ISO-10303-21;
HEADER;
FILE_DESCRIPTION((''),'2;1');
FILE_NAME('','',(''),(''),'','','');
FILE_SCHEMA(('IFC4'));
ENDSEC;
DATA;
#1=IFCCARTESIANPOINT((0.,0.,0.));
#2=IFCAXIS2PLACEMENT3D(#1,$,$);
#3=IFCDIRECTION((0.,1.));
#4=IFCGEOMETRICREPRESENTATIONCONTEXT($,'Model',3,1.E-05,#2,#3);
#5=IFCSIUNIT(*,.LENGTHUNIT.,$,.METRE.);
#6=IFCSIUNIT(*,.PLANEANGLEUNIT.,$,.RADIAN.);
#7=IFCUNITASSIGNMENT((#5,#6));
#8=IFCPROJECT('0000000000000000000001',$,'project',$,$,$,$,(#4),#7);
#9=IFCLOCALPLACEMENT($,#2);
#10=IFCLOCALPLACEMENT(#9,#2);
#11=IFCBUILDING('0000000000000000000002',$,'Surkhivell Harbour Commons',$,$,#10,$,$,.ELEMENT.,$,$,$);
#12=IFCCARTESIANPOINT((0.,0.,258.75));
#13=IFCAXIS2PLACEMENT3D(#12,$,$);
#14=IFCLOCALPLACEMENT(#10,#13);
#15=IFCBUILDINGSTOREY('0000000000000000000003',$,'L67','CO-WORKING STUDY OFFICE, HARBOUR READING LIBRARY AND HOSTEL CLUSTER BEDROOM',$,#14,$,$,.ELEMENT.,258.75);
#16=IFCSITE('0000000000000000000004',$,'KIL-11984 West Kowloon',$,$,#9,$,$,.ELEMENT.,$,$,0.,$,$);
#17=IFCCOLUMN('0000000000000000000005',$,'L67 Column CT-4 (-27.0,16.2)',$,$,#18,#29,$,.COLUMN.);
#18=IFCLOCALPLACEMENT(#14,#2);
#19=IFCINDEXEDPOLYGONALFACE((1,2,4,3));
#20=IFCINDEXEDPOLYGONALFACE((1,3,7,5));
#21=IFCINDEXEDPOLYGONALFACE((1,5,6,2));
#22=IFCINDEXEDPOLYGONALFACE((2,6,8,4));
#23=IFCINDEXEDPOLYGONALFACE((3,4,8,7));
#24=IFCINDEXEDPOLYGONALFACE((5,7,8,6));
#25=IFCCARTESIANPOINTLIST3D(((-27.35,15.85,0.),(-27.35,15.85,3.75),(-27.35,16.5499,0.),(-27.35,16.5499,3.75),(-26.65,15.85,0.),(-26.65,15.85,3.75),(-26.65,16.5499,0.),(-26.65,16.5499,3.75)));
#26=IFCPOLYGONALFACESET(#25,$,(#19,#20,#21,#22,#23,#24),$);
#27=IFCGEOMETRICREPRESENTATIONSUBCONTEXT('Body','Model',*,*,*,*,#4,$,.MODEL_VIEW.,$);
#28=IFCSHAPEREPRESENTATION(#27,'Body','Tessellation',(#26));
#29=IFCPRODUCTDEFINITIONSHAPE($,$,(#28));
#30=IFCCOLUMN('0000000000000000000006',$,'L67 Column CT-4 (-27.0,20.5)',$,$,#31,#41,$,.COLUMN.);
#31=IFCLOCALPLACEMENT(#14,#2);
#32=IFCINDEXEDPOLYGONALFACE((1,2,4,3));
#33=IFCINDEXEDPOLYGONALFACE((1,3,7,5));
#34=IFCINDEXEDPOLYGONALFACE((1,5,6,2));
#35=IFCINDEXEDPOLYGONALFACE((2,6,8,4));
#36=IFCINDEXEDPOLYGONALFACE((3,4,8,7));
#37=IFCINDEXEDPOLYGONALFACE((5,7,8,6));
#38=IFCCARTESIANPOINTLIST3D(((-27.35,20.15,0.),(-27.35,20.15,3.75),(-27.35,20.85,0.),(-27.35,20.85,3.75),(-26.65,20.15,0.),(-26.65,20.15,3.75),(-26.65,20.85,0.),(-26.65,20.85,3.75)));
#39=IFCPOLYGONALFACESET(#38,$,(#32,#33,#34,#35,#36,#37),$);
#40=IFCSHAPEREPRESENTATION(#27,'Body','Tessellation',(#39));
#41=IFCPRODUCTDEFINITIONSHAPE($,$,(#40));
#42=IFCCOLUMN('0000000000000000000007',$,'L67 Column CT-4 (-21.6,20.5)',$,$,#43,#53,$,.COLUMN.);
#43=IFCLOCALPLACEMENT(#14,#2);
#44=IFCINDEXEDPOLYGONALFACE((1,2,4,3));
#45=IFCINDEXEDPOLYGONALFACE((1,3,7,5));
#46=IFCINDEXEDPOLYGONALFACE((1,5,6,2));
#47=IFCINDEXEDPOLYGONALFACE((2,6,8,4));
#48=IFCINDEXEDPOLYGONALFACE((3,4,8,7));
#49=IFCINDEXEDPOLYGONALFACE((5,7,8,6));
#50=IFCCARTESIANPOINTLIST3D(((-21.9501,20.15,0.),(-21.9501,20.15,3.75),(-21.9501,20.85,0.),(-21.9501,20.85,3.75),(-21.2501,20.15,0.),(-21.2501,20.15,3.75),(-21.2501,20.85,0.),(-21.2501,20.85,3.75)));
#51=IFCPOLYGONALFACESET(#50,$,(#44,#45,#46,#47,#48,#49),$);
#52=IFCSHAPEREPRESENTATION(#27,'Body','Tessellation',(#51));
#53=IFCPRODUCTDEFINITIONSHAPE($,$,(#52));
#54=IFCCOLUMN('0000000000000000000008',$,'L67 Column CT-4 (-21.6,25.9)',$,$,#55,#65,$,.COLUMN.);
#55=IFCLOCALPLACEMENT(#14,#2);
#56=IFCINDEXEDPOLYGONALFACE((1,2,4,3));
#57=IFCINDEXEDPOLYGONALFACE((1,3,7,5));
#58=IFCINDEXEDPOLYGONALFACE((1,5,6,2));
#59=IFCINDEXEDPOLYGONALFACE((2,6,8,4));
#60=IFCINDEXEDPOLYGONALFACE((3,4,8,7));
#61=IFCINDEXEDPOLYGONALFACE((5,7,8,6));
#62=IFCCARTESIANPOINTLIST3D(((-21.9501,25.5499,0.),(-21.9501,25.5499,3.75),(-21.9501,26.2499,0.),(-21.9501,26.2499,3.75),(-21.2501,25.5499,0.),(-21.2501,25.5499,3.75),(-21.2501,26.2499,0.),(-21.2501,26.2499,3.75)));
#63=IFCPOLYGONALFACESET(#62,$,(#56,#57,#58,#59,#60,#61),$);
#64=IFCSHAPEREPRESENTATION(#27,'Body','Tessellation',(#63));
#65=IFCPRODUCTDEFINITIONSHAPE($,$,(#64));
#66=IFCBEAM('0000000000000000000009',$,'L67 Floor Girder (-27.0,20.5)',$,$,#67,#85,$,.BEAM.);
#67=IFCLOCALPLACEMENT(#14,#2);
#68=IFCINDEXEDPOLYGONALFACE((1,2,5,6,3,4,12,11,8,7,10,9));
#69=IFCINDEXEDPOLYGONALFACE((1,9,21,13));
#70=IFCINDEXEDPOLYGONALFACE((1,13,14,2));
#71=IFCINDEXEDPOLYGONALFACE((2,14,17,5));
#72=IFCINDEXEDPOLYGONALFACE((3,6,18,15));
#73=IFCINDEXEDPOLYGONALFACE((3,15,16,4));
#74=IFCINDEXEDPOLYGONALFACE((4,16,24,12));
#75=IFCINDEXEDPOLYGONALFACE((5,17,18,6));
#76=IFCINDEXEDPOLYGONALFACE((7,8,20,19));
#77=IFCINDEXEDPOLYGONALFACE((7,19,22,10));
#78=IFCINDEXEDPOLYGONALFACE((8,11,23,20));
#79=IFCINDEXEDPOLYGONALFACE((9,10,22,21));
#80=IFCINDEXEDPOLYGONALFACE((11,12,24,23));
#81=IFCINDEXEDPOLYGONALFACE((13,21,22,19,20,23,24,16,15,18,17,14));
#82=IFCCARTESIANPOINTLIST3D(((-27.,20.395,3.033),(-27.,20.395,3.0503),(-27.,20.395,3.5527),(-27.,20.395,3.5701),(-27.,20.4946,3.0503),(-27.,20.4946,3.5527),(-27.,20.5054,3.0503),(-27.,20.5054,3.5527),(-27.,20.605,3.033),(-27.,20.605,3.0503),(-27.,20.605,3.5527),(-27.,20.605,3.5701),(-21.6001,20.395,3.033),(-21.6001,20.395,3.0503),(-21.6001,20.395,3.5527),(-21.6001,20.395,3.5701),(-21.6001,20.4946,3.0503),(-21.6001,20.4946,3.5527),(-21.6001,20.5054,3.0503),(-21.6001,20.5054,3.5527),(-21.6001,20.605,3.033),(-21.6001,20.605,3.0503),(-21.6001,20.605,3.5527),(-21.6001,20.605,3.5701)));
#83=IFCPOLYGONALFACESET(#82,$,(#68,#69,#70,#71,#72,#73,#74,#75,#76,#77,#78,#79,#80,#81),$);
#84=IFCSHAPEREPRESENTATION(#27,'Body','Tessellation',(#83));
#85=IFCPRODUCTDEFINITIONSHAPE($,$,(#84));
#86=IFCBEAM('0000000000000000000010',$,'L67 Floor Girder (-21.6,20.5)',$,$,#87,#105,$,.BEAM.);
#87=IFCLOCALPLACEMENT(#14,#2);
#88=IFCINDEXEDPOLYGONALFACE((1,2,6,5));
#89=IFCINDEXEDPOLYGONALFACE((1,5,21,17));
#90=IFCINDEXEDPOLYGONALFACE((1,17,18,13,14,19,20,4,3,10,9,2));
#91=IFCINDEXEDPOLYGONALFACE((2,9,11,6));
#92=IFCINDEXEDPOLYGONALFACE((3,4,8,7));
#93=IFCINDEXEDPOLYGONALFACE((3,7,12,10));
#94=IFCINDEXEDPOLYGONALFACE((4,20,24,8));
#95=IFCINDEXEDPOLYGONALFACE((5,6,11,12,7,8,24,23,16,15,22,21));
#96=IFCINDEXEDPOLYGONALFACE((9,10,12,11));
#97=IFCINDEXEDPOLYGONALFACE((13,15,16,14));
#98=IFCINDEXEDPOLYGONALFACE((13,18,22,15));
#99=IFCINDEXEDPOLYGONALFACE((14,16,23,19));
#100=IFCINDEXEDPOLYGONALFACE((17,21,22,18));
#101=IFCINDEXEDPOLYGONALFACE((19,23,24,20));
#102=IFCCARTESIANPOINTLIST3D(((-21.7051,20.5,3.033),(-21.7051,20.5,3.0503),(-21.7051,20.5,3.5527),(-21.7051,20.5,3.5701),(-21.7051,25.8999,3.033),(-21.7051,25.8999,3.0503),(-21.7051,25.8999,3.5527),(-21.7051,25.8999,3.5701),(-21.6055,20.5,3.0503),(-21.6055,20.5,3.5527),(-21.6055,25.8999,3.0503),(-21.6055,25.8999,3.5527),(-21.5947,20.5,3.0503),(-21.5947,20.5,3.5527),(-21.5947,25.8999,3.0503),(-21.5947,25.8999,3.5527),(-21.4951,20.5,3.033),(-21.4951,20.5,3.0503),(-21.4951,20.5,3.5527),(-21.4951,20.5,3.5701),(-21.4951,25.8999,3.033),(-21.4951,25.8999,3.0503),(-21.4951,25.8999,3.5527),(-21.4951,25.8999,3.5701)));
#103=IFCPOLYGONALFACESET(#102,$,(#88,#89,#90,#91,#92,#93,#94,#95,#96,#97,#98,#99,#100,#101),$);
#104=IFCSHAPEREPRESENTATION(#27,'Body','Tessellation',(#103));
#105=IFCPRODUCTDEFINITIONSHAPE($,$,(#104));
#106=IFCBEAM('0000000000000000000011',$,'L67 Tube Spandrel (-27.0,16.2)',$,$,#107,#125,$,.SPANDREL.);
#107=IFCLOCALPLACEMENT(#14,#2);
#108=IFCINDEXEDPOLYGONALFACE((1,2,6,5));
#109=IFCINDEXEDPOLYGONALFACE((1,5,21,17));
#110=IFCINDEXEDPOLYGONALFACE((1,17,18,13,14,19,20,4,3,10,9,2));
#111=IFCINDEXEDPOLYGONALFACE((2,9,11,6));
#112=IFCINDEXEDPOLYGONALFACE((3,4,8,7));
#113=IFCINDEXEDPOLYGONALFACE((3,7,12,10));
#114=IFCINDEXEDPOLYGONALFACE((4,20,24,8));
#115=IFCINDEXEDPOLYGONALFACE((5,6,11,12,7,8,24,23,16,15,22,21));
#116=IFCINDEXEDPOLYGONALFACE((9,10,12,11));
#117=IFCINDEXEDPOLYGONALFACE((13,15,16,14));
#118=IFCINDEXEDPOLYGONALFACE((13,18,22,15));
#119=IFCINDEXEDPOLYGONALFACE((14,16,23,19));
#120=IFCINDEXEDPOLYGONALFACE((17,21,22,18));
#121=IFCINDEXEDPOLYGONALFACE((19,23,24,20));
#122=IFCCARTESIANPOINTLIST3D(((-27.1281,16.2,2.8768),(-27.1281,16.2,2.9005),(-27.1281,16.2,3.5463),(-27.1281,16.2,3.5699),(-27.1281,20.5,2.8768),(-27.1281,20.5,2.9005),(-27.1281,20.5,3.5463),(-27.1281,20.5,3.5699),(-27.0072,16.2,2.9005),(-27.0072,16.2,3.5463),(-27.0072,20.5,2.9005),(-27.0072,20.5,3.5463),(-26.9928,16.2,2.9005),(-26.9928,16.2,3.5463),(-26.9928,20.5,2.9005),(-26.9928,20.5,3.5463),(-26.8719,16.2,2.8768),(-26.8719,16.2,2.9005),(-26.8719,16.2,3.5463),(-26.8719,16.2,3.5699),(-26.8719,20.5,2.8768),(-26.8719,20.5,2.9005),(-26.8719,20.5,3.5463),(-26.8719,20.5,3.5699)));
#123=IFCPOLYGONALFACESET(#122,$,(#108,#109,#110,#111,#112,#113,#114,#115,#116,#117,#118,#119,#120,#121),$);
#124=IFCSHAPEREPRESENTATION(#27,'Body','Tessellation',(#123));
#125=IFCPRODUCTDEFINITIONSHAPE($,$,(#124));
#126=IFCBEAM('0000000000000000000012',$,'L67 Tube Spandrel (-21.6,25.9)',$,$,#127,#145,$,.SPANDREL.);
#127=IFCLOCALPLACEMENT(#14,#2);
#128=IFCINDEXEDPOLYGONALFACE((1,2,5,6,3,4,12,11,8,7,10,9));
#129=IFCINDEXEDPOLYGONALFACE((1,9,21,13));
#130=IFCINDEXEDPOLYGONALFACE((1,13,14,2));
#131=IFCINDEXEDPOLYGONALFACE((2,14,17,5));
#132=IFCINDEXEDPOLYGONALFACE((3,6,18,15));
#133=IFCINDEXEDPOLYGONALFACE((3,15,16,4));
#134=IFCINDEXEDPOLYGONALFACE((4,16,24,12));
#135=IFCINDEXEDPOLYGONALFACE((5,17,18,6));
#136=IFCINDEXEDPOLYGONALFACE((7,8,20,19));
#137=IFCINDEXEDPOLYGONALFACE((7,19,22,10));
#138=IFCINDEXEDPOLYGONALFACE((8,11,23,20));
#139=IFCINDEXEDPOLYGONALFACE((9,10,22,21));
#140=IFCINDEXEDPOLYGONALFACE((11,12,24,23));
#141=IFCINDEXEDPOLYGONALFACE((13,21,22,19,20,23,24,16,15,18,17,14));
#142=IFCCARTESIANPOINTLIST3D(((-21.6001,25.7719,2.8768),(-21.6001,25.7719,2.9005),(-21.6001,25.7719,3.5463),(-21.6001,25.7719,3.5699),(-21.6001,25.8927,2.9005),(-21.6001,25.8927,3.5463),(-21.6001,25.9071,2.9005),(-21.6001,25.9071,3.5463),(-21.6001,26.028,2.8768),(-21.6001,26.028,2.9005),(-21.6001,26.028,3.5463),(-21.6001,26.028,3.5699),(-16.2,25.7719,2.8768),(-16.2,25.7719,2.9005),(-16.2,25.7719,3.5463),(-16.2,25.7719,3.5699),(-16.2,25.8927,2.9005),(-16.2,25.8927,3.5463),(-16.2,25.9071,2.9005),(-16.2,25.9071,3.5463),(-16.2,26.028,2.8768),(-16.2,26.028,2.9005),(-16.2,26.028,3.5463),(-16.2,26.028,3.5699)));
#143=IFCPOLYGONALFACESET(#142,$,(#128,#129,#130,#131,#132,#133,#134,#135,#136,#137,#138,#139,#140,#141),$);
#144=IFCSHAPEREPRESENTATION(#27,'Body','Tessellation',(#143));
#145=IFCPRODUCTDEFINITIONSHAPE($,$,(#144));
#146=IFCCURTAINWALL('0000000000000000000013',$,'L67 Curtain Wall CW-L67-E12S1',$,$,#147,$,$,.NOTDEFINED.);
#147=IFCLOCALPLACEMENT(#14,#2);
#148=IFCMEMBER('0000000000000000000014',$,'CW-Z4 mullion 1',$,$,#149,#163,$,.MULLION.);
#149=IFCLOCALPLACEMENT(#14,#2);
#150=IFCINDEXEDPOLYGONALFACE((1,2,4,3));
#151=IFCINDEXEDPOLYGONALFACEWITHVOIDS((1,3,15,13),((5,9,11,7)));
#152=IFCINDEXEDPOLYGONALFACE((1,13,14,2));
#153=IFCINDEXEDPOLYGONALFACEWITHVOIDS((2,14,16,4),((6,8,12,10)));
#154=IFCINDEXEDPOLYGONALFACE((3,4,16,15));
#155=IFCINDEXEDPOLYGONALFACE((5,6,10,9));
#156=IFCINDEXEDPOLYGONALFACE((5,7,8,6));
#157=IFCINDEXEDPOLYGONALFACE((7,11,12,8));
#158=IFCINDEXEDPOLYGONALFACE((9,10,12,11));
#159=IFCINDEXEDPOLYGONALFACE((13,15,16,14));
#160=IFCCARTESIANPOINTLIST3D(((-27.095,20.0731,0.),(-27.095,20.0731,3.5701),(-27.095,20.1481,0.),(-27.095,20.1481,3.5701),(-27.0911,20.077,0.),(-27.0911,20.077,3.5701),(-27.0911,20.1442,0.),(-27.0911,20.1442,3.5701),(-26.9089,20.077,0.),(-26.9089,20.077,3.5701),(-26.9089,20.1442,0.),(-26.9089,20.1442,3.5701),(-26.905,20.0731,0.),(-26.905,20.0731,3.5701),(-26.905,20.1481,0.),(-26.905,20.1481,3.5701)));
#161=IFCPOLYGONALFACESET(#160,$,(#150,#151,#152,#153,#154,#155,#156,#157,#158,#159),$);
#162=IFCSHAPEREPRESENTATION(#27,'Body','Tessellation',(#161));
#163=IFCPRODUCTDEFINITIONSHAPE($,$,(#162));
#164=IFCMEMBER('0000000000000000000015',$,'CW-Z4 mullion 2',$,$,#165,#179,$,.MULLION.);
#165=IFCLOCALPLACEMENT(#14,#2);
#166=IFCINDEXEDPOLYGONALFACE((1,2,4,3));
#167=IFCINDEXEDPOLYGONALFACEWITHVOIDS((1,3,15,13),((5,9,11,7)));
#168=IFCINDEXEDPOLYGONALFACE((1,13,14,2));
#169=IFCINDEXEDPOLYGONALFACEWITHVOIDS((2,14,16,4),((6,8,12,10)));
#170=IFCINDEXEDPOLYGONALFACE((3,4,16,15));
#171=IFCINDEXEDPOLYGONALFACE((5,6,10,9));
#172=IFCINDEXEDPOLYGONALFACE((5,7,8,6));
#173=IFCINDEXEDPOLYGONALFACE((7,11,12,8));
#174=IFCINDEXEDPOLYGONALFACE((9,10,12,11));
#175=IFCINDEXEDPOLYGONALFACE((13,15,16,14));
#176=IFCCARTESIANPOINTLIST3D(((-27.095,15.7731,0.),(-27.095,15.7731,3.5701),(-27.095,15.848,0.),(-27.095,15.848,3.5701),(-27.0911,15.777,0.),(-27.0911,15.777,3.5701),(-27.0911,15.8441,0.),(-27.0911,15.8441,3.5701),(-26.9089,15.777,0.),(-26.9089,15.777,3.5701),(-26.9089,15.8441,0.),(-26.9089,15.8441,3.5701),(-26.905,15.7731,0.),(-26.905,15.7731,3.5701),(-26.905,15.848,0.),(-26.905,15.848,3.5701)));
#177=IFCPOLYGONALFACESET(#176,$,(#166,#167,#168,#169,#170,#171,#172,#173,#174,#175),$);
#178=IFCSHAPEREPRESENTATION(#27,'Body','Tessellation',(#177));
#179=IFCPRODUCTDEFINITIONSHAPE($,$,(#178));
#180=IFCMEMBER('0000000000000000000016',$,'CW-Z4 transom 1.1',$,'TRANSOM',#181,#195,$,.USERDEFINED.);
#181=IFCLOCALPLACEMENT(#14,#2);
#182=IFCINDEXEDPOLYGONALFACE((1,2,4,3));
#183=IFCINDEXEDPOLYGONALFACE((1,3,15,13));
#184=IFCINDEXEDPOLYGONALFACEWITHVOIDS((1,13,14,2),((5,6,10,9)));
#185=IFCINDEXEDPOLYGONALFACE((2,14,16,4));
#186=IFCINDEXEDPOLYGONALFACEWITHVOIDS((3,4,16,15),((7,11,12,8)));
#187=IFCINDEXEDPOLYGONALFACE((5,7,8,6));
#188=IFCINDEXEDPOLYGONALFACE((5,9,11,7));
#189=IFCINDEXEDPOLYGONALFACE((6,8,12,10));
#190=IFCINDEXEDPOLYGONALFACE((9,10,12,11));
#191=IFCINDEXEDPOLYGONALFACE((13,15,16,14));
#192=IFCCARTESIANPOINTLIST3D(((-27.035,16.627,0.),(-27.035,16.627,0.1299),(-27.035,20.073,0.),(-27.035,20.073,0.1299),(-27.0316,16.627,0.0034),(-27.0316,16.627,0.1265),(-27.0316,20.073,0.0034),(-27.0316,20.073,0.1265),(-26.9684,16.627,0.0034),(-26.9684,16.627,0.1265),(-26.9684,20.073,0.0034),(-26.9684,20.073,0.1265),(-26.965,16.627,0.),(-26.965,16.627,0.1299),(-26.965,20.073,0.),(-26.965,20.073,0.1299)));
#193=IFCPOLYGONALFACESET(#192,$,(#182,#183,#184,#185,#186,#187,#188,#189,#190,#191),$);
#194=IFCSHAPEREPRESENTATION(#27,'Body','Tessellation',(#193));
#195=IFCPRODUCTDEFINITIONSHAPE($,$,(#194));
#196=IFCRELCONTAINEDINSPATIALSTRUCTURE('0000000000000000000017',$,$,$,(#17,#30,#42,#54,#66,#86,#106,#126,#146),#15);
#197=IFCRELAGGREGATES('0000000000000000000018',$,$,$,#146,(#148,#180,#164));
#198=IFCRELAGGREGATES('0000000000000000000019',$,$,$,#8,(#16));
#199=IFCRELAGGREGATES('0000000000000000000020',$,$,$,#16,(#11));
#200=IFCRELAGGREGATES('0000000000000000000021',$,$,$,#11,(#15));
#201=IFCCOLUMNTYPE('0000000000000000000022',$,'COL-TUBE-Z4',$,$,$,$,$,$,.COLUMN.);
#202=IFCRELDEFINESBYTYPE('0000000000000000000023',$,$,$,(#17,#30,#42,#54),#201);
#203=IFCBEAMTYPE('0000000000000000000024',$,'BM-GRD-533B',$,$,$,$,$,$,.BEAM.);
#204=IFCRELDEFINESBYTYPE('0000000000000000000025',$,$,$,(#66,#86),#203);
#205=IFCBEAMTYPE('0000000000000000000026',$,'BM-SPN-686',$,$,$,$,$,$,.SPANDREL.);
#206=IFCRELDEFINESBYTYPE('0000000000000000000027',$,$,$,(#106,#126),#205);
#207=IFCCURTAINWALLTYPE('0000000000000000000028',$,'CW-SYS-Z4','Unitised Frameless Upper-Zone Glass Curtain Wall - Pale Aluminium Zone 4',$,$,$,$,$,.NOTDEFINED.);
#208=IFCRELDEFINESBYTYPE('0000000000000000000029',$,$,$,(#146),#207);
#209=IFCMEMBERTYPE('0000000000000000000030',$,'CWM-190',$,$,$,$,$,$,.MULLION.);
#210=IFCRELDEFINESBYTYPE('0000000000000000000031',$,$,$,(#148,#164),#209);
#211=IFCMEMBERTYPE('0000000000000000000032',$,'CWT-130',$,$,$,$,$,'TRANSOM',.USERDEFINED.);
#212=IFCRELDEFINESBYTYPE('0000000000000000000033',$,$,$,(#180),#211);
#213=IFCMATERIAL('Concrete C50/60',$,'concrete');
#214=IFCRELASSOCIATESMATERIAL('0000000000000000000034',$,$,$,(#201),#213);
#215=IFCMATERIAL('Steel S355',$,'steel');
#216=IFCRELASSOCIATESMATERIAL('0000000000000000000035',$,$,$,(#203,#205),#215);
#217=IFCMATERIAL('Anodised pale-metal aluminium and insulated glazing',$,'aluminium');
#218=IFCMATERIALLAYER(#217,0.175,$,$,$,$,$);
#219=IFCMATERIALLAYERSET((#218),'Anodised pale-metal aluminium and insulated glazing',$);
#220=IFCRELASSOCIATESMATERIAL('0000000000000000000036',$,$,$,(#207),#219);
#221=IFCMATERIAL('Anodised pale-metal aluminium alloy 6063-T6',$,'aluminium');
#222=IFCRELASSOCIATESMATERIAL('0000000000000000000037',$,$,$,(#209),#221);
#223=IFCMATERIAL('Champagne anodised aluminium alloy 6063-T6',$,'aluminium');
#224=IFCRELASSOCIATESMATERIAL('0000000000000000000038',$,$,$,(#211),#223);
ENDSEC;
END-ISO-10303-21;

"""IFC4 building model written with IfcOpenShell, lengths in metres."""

from ifc_helpers import new_model, si_unit, direction, frame, origin, origin_2d, place, context, subcontext, project, spatial, rectangle, hollow_rectangle, i_section, extrude, material, layer, layer_set, material_profile, profile_set, type_object, element, aggregate, save


model = new_model("IFC4")

# Units and contexts
model_context = context("Model", 3, precision=1e-05, world=origin(), true_north=direction((0.0, 1.0)))
body_context = subcontext(model_context, "Body", "Model", "MODEL_VIEW")
ifc_project = project(units=[si_unit("LENGTHUNIT", "METRE"), si_unit("PLANEANGLEUNIT", "RADIAN")], contexts=[model_context])

# Site, building, storey
site_placement = place(None, origin())
site = spatial("IfcSite", under=ifc_project, at=site_placement, Name="KIL-11984 West Kowloon", CompositionType="ELEMENT", RefElevation=0.0)
building_placement = place(site_placement, origin())
building = spatial("IfcBuilding", under=site, at=building_placement, Name="Surkhivell Harbour Commons", CompositionType="ELEMENT")
storey_placement = place(building_placement, frame((0.0, 0.0, 258.75)))
storey = spatial("IfcBuildingStorey", under=building, at=storey_placement, Name="L67", Description="CO-WORKING STUDY OFFICE, HARBOUR READING LIBRARY AND HOSTEL CLUSTER BEDROOM", CompositionType="ELEMENT", Elevation=258.75)

# Columns
ifc_material_1 = material(Name="Concrete C50/60", Category="concrete")
ifc_material_profile_1 = material_profile(ifc_material_1, rectangle(XDim=0.7, YDim=0.7, at=origin_2d()), Name="RC-COL-700x700")
ifc_profile_set_1 = profile_set([ifc_material_profile_1], Name="Concrete C50/60")
column_type = type_object("IfcColumnType", Name="COL-TUBE-Z4", PredefinedType="COLUMN", material=ifc_profile_set_1)
for number, where, z_axis, x_axis, name in (
    (1, (-27.0, 16.2, 0.0), (0.0, 0.0, 1.0), (1.0, 0.0, 0.0), "L67 Column CT-4 (-27.0,16.2)"),
    (2, (-27.0, 20.5, 0.0), (0.0, 0.0, 1.0), (1.0, 0.0, 0.0), "L67 Column CT-4 (-27.0,20.5)"),
    (3, (-21.6001, 20.5, 0.0), (0.0, 0.0, 1.0), (1.0, 0.0, 0.0), "L67 Column CT-4 (-21.6,20.5)"),
    (4, (-21.6001, 25.8999, 0.0), (0.0, 0.0, 1.0), (1.0, 0.0, 0.0), "L67 Column CT-4 (-21.6,25.9)"),
):
    element("IfcColumn", number, at=place(storey_placement, frame(where, z_axis=z_axis, x_axis=x_axis)), inside=storey, type_object=column_type, Name=name, PredefinedType="COLUMN", context=body_context, shape_type="SweptSolid", body=[
        extrude(rectangle(XDim=0.7, YDim=0.7, at=origin_2d()), origin(), (0.0, 0.0, 1.0), 3.75),
    ])

# Beams
ifc_material_2 = material(Name="Steel S355", Category="steel")
ifc_material_profile_2 = material_profile(ifc_material_2, i_section(OverallWidth=0.21, OverallDepth=0.5371, WebThickness=0.0107, FlangeThickness=0.0173, at=origin_2d()), Name="UB533x210x101")
ifc_profile_set_2 = profile_set([ifc_material_profile_2], Name="Steel S355")
beam_type_1 = type_object("IfcBeamType", Name="BM-GRD-533B", PredefinedType="BEAM", material=ifc_profile_set_2)
for number, where, z_axis, x_axis, name in (
    (5, (-27.0, 20.5, 3.3015), (1.0, 0.0, 0.0), (0.0, 1.0, 0.0), "L67 Floor Girder (-27.0,20.5)"),
    (6, (-21.6001, 20.5, 3.3015), (0.0, 1.0, 0.0), (-1.0, 0.0, 0.0), "L67 Floor Girder (-21.6,20.5)"),
):
    element("IfcBeam", number, at=place(storey_placement, frame(where, z_axis=z_axis, x_axis=x_axis)), inside=storey, type_object=beam_type_1, Name=name, PredefinedType="BEAM", context=body_context, shape_type="SweptSolid", body=[
        extrude(i_section(OverallWidth=0.21, OverallDepth=0.5371, WebThickness=0.0107, FlangeThickness=0.0173, at=origin_2d()), origin(), (0.0, 0.0, 1.0), 5.3999),
    ])
ifc_material_profile_3 = material_profile(ifc_material_2, i_section(OverallWidth=0.2561, OverallDepth=0.6931, WebThickness=0.0144, FlangeThickness=0.0237, at=origin_2d()), Name="UB686x254x170")
ifc_profile_set_3 = profile_set([ifc_material_profile_3], Name="Steel S355")
beam_type_2 = type_object("IfcBeamType", Name="BM-SPN-686", PredefinedType="SPANDREL", material=ifc_profile_set_3)
beam_1_placement = place(storey_placement, frame((-27.0, 16.2, 3.2234), z_axis=(0.0, 1.0, 0.0), x_axis=(-1.0, 0.0, 0.0)))
element("IfcBeam", 7, at=beam_1_placement, inside=storey, type_object=beam_type_2, Name="L67 Tube Spandrel (-27.0,16.2)", PredefinedType="SPANDREL", context=body_context, shape_type="SweptSolid", body=[
    extrude(i_section(OverallWidth=0.2561, OverallDepth=0.6931, WebThickness=0.0144, FlangeThickness=0.0237, at=origin_2d()), origin(), (0.0, 0.0, 1.0), 4.3),
])
beam_2_placement = place(storey_placement, frame((-21.6001, 25.8999, 3.2234), z_axis=(1.0, 0.0, 0.0), x_axis=(0.0, 1.0, 0.0)))
element("IfcBeam", 8, at=beam_2_placement, inside=storey, type_object=beam_type_2, Name="L67 Tube Spandrel (-21.6,25.9)", PredefinedType="SPANDREL", context=body_context, shape_type="SweptSolid", body=[
    extrude(i_section(OverallWidth=0.2561, OverallDepth=0.6931, WebThickness=0.0144, FlangeThickness=0.0237, at=origin_2d()), origin(), (0.0, 0.0, 1.0), 5.4001),
])

# Curtain wall, members
ifc_material_3 = material(Name="Anodised pale-metal aluminium and insulated glazing", Category="aluminium")
ifc_layer_1 = layer(ifc_material_3, 0.175)
ifc_layer_set_1 = layer_set([ifc_layer_1], Name="Anodised pale-metal aluminium and insulated glazing")
curtain_wall_type = type_object("IfcCurtainWallType", Name="CW-SYS-Z4", Description="Unitised Frameless Upper-Zone Glass Curtain Wall - Pale Aluminium Zone 4", PredefinedType="NOTDEFINED", material=ifc_layer_set_1)
curtain_wall_placement = place(storey_placement, origin())
curtain_wall = element("IfcCurtainWall", 9, at=curtain_wall_placement, inside=storey, type_object=curtain_wall_type, Name="L67 Curtain Wall CW-L67-E12S1", PredefinedType="NOTDEFINED")
ifc_material_4 = material(Name="Anodised pale-metal aluminium alloy 6063-T6", Category="aluminium")
ifc_material_profile_4 = material_profile(ifc_material_4, hollow_rectangle(XDim=0.075, YDim=0.1899, WallThickness=0.0039, at=origin_2d()), Name="ALU-MULL-75x190")
ifc_profile_set_4 = profile_set([ifc_material_profile_4], Name="Anodised pale-metal aluminium alloy 6063-T6")
member_type_1 = type_object("IfcMemberType", Name="CWM-190", PredefinedType="MULLION", material=ifc_profile_set_4)
member_1_placement = place(storey_placement, frame((-27.0, 20.1106, 0.0), z_axis=(0.0, 0.0, 1.0), x_axis=(0.0, -1.0, 0.0)))
member_1 = element("IfcMember", 10, at=member_1_placement, type_object=member_type_1, Name="CW-Z4 mullion 1", PredefinedType="MULLION", context=body_context, shape_type="SweptSolid", body=[
    extrude(hollow_rectangle(XDim=0.075, YDim=0.1899, WallThickness=0.0039, at=origin_2d()), origin(), (0.0, 0.0, 1.0), 3.5701),
])
member_2_placement = place(storey_placement, frame((-27.0, 15.8105, 0.0), z_axis=(0.0, 0.0, 1.0), x_axis=(0.0, -1.0, 0.0)))
member_2 = element("IfcMember", 11, at=member_2_placement, type_object=member_type_1, Name="CW-Z4 mullion 2", PredefinedType="MULLION", context=body_context, shape_type="SweptSolid", body=[
    extrude(hollow_rectangle(XDim=0.075, YDim=0.1899, WallThickness=0.0039, at=origin_2d()), origin(), (0.0, 0.0, 1.0), 3.5701),
])
ifc_material_5 = material(Name="Champagne anodised aluminium alloy 6063-T6", Category="aluminium")
ifc_material_profile_5 = material_profile(ifc_material_5, hollow_rectangle(XDim=0.0701, YDim=0.1299, WallThickness=0.0034, at=origin_2d()), Name="ALU-TRAN-70x130")
ifc_profile_set_5 = profile_set([ifc_material_profile_5], Name="Champagne anodised aluminium alloy 6063-T6")
member_type_2 = type_object("IfcMemberType", Name="CWT-130", ElementType="TRANSOM", PredefinedType="USERDEFINED", material=ifc_profile_set_5)
member_3_placement = place(storey_placement, frame((-27.0, 20.073, 0.0649), z_axis=(0.0, -1.0, 0.0), x_axis=(1.0, 0.0, 0.0)))
member_3 = element("IfcMember", 12, at=member_3_placement, type_object=member_type_2, Name="CW-Z4 transom 1.1", ObjectType="TRANSOM", PredefinedType="USERDEFINED", context=body_context, shape_type="SweptSolid", body=[
    extrude(hollow_rectangle(XDim=0.0701, YDim=0.1299, WallThickness=0.0034, at=origin_2d()), origin(), (0.0, 0.0, 1.0), 3.446),
])
aggregate(curtain_wall, [member_1, member_3, member_2])

save(model, "model.ifc")
